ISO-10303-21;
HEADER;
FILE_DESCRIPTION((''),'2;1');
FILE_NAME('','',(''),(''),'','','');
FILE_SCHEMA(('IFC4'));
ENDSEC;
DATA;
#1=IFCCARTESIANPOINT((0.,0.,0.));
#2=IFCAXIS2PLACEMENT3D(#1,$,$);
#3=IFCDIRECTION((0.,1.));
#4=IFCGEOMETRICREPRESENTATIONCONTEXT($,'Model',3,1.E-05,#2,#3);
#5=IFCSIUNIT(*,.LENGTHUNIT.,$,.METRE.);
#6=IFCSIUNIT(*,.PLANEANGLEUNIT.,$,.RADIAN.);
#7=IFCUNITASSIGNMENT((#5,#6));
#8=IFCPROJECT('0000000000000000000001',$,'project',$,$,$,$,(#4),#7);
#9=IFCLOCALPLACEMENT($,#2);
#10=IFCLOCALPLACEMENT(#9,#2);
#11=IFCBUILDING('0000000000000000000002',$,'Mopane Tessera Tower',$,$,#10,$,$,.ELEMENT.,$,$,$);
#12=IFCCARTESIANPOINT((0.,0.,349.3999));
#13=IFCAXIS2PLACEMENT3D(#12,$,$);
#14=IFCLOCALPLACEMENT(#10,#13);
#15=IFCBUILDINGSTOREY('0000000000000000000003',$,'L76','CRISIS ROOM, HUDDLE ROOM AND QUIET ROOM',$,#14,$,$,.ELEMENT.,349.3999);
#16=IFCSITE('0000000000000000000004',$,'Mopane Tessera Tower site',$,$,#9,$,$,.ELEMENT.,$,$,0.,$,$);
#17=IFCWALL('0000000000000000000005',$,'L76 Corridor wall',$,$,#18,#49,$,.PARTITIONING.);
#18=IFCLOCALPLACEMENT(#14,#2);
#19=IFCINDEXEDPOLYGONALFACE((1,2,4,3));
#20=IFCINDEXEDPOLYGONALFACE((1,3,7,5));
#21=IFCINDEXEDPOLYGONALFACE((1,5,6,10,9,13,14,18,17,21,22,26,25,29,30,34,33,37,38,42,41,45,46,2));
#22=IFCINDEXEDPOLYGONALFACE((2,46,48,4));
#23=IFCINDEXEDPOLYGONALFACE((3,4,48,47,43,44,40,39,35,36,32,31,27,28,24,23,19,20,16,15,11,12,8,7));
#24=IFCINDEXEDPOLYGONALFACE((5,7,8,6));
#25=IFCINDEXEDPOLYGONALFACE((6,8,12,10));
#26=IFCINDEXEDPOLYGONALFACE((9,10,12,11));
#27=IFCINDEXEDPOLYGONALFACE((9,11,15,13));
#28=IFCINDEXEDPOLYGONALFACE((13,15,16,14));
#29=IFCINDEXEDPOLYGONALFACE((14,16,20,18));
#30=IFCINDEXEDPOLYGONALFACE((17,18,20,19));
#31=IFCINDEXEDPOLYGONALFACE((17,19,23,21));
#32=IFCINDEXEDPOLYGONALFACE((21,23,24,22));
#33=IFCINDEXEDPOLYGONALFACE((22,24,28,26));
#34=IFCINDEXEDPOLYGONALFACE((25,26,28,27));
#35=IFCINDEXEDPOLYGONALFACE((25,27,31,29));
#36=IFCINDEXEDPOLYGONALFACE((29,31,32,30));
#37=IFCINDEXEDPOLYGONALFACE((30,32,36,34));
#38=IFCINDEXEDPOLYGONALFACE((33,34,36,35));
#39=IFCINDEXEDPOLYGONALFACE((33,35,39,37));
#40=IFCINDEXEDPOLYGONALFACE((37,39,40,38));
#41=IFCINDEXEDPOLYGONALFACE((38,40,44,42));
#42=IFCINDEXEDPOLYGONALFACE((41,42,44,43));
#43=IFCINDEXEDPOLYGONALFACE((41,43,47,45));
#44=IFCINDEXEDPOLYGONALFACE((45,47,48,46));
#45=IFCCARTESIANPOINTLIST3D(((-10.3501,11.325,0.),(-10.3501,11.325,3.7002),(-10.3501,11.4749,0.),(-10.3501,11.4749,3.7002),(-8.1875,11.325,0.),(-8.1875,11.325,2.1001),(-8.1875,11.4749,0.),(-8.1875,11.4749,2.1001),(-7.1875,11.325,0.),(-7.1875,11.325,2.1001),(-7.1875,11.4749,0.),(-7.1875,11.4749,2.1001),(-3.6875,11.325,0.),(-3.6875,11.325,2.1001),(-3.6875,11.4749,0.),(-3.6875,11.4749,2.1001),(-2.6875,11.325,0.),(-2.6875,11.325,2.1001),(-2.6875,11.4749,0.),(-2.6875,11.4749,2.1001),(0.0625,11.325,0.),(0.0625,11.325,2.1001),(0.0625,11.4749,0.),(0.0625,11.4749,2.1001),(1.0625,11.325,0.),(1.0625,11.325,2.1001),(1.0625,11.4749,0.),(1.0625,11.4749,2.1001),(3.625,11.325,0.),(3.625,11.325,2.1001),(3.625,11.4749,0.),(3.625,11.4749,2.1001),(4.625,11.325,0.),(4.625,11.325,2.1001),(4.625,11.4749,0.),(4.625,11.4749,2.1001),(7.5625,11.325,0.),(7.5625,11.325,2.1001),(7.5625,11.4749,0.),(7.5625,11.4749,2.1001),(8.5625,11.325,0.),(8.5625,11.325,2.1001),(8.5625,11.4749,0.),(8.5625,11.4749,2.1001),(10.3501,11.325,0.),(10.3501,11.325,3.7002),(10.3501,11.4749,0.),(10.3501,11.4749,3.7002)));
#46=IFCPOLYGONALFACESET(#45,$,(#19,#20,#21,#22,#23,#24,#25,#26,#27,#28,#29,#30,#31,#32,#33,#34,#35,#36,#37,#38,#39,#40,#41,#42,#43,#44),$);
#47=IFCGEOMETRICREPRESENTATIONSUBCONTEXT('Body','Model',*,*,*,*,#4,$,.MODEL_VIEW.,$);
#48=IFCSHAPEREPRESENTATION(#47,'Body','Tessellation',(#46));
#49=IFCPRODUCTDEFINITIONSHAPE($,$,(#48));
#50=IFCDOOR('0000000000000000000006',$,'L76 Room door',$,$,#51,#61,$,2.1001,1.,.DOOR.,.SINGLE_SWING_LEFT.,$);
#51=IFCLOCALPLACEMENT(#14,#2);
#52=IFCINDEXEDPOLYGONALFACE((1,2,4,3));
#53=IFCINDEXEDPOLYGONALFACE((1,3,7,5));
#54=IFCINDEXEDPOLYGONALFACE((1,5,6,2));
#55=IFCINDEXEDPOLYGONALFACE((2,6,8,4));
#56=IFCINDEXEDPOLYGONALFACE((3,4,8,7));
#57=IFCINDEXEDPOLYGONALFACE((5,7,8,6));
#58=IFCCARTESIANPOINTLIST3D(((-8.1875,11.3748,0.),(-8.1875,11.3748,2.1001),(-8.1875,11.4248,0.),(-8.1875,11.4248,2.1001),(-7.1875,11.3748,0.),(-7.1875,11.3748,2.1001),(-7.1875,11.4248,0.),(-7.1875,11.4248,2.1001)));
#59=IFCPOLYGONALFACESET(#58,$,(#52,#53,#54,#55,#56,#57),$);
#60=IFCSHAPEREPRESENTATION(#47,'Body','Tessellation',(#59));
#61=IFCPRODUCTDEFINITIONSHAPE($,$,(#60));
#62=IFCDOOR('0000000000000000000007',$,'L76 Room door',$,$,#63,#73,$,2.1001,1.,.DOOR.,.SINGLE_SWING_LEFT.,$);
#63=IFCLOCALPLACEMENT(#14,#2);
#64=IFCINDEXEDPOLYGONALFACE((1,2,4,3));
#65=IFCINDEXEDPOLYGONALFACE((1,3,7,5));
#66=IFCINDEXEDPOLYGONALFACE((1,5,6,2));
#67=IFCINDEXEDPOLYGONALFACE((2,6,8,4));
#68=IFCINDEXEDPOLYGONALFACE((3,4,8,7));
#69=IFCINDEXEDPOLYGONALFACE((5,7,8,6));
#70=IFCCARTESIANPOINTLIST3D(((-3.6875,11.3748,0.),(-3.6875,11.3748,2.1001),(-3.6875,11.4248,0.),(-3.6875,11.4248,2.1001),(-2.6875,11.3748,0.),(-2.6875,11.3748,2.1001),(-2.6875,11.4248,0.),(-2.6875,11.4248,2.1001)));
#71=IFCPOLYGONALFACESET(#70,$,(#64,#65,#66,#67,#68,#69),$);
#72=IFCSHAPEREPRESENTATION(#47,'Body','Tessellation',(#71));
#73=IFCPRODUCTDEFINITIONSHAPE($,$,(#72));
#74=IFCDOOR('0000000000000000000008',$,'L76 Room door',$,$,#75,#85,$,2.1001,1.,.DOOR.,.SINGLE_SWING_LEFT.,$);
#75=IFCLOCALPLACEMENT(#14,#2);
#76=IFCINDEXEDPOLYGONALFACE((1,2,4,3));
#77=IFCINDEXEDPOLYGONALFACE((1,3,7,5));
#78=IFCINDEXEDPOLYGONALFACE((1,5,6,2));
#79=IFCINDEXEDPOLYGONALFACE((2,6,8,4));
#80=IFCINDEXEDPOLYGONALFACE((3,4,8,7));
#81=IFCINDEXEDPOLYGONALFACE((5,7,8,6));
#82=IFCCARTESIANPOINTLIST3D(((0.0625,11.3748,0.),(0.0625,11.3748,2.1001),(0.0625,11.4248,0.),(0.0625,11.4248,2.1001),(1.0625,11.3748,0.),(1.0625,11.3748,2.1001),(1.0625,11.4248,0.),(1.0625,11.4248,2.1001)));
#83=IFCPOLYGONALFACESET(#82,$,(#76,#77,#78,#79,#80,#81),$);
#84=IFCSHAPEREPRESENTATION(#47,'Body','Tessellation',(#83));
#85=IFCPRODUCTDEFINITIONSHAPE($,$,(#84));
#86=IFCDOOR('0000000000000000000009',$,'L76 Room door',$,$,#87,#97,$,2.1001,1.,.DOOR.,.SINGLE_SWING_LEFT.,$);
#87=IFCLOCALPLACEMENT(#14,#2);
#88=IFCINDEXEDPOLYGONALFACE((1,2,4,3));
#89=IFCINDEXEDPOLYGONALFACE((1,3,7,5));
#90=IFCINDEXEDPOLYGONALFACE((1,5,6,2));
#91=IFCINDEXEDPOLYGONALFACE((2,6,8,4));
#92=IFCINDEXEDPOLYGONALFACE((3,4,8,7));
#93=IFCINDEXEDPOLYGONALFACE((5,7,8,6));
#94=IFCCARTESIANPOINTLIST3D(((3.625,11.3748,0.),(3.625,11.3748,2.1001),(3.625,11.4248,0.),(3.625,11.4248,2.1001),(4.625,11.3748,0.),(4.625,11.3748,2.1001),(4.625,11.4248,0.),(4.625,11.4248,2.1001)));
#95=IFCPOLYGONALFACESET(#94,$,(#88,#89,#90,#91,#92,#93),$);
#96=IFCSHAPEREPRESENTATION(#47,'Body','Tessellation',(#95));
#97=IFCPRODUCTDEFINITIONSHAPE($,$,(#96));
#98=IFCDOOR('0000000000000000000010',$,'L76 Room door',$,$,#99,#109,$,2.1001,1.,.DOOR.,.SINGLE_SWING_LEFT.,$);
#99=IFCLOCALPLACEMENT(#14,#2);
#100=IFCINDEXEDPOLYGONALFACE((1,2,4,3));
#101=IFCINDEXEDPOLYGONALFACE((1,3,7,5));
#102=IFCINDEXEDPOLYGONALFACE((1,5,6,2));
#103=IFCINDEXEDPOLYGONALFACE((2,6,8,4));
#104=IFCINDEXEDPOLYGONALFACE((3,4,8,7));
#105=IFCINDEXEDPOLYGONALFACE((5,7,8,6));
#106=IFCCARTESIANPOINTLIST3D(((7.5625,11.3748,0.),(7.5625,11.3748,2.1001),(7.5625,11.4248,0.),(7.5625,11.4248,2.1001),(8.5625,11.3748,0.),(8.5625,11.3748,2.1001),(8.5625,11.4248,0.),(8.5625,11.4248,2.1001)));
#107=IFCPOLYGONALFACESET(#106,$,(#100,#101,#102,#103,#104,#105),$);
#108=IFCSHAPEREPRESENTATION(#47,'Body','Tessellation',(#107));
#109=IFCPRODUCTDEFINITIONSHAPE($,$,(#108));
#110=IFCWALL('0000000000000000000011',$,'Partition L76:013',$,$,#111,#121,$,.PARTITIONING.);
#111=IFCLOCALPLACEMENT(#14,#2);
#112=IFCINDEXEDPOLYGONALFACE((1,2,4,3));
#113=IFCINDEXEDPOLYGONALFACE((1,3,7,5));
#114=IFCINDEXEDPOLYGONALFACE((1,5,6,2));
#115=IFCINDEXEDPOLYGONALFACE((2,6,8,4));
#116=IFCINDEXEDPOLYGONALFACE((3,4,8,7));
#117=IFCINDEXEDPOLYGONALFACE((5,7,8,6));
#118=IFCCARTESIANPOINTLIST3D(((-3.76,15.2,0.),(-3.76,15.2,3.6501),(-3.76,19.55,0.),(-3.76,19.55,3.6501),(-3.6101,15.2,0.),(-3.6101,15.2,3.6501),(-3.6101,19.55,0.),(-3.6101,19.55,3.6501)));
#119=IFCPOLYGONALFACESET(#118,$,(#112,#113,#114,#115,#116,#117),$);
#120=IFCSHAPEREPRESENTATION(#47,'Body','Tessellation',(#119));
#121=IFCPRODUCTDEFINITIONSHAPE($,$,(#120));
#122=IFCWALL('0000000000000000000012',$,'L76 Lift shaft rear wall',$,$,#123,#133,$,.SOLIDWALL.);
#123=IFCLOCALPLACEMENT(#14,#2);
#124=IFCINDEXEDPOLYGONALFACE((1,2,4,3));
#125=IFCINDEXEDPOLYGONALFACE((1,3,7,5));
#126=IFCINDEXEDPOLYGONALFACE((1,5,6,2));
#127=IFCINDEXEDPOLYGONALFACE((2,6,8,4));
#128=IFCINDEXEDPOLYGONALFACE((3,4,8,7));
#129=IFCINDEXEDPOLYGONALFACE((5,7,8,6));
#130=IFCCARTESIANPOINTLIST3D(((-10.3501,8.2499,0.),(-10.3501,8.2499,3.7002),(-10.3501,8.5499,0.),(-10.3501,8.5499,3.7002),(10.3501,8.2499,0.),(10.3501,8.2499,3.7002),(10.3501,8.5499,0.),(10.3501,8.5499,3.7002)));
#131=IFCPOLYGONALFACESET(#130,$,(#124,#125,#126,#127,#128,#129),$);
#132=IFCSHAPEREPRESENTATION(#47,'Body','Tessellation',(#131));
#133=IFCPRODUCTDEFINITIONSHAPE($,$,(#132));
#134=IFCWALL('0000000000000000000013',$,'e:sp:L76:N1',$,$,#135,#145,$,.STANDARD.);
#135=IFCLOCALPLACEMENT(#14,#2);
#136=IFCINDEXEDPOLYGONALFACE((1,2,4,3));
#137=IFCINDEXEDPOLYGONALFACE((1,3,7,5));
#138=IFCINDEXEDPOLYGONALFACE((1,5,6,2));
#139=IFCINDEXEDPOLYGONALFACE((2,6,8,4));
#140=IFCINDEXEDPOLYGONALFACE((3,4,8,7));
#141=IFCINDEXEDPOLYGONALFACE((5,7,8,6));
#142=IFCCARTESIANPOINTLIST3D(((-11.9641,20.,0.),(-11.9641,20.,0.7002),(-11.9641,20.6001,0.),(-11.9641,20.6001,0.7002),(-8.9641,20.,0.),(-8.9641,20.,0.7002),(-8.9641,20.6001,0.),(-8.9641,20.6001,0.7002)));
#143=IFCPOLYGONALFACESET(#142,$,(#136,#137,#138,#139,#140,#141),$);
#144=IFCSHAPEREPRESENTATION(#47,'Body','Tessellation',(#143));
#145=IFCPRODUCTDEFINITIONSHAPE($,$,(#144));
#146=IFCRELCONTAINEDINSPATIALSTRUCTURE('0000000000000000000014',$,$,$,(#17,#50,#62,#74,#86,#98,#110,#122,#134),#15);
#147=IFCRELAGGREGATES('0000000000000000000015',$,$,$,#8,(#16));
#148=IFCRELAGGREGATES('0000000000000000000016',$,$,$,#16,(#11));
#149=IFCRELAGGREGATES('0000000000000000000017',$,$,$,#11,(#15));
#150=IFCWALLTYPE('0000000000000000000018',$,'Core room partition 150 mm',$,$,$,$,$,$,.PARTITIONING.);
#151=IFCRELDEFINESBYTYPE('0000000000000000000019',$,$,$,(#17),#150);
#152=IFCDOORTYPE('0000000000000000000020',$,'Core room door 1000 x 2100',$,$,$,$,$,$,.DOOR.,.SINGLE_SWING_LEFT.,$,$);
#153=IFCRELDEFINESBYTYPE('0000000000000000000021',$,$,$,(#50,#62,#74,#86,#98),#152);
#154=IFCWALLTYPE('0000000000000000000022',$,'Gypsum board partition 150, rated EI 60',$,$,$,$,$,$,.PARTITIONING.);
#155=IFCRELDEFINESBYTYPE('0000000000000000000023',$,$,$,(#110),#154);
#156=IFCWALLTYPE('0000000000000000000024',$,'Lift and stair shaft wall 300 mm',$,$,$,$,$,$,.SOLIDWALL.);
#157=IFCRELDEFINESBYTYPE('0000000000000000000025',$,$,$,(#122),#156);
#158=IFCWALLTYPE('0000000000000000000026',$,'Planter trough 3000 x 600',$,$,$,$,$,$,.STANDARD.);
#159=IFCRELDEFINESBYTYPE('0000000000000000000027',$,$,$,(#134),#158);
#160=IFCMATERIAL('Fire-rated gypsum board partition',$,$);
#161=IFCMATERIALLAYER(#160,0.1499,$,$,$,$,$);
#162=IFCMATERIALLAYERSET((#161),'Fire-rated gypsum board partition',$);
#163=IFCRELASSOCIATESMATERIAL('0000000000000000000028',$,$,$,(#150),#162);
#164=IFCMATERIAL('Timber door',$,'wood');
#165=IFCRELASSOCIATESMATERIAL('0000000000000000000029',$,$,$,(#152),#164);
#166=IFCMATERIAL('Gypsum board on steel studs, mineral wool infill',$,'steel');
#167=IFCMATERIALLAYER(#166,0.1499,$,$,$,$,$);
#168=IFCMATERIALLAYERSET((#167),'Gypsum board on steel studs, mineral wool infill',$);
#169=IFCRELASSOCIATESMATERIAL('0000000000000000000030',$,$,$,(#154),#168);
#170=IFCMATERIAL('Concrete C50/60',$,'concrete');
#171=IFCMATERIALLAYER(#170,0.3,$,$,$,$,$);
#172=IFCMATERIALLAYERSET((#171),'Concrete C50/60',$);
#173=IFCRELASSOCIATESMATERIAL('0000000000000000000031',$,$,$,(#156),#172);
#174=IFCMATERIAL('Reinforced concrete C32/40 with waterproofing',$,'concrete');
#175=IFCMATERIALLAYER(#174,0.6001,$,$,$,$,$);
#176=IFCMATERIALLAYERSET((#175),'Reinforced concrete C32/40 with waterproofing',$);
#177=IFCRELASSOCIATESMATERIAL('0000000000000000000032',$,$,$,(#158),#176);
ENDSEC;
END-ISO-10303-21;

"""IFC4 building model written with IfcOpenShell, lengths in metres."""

from ifc_helpers import new_model, si_unit, direction, frame, frame_2d, origin, place, context, subcontext, project, spatial, rectangle, extrude, material, layer, layer_set, type_object, element, fill, save


model = new_model("IFC4")

# Units and contexts
model_context = context("Model", 3, precision=1e-05, world=origin(), true_north=direction((0.0, 1.0)))
body_context = subcontext(model_context, "Body", "Model", "MODEL_VIEW")
ifc_project = project(units=[si_unit("LENGTHUNIT", "METRE"), si_unit("PLANEANGLEUNIT", "RADIAN")], contexts=[model_context])

# Site, building, storey
site_placement = place(None, origin())
site = spatial("IfcSite", under=ifc_project, at=site_placement, Name="Mopane Tessera Tower site", CompositionType="ELEMENT", RefElevation=0.0)
building_placement = place(site_placement, origin())
building = spatial("IfcBuilding", under=site, at=building_placement, Name="Mopane Tessera Tower", CompositionType="ELEMENT")
storey_placement = place(building_placement, frame((0.0, 0.0, 349.3999)))
storey = spatial("IfcBuildingStorey", under=building, at=storey_placement, Name="L76", Description="CRISIS ROOM, HUDDLE ROOM AND QUIET ROOM", CompositionType="ELEMENT", Elevation=349.3999)

# Shared definitions
ifc_material_1 = material(Name="Fire-rated gypsum board partition")
ifc_layer_1 = layer(ifc_material_1, 0.1499)
ifc_layer_set_1 = layer_set([ifc_layer_1], Name="Fire-rated gypsum board partition")
wall_type_1 = type_object("IfcWallType", Name="Core room partition 150 mm", PredefinedType="PARTITIONING", material=ifc_layer_set_1)

# Wall, openings, doors
wall_1_placement = place(storey_placement, frame((-10.3501, 11.3999, 0.0), z_axis=(0.0, 0.0, 1.0), x_axis=(1.0, 0.0, 0.0)))
wall_1 = element("IfcWall", 1, at=wall_1_placement, inside=storey, type_object=wall_type_1, Name="L76 Corridor wall", PredefinedType="PARTITIONING", context=body_context, shape_type="SweptSolid", body=[
    extrude(rectangle(XDim=20.7002, YDim=0.1499, at=frame_2d((10.3501, 0.0))), origin(), (0.0, 0.0, 1.0), 3.7002),
])
opening_1_placement = place(wall_1_placement, frame((2.1626, 0.0, 0.0)))
opening_1 = element("IfcOpeningElement", 2, at=opening_1_placement, cuts=wall_1, PredefinedType="OPENING", context=body_context, shape_type="SweptSolid", body=[
    extrude(rectangle(XDim=1.0, YDim=2.1001, at=frame_2d((0.5, 1.05))), frame((0.0, 0.0869, 0.0), z_axis=(0.0, -1.0, 0.0), x_axis=(1.0, 0.0, 0.0)), (0.0, 0.0, 1.0), 0.1738),
])
opening_2_placement = place(wall_1_placement, frame((6.6626, 0.0, 0.0)))
opening_2 = element("IfcOpeningElement", 3, at=opening_2_placement, cuts=wall_1, PredefinedType="OPENING", context=body_context, shape_type="SweptSolid", body=[
    extrude(rectangle(XDim=1.0, YDim=2.1001, at=frame_2d((0.5, 1.05))), frame((0.0, 0.0869, 0.0), z_axis=(0.0, -1.0, 0.0), x_axis=(1.0, 0.0, 0.0)), (0.0, 0.0, 1.0), 0.1738),
])
opening_3_placement = place(wall_1_placement, frame((10.4126, 0.0, 0.0)))
opening_3 = element("IfcOpeningElement", 4, at=opening_3_placement, cuts=wall_1, PredefinedType="OPENING", context=body_context, shape_type="SweptSolid", body=[
    extrude(rectangle(XDim=1.0, YDim=2.1001, at=frame_2d((0.5, 1.05))), frame((0.0, 0.0869, 0.0), z_axis=(0.0, -1.0, 0.0), x_axis=(1.0, 0.0, 0.0)), (0.0, 0.0, 1.0), 0.1738),
])
opening_4_placement = place(wall_1_placement, frame((13.9751, 0.0, 0.0)))
opening_4 = element("IfcOpeningElement", 5, at=opening_4_placement, cuts=wall_1, PredefinedType="OPENING", context=body_context, shape_type="SweptSolid", body=[
    extrude(rectangle(XDim=1.0, YDim=2.1001, at=frame_2d((0.5, 1.05))), frame((0.0, 0.0869, 0.0), z_axis=(0.0, -1.0, 0.0), x_axis=(1.0, 0.0, 0.0)), (0.0, 0.0, 1.0), 0.1738),
])
opening_5_placement = place(wall_1_placement, frame((17.9126, 0.0, 0.0)))
opening_5 = element("IfcOpeningElement", 6, at=opening_5_placement, cuts=wall_1, PredefinedType="OPENING", context=body_context, shape_type="SweptSolid", body=[
    extrude(rectangle(XDim=1.0, YDim=2.1001, at=frame_2d((0.5, 1.05))), frame((0.0, 0.0869, 0.0), z_axis=(0.0, -1.0, 0.0), x_axis=(1.0, 0.0, 0.0)), (0.0, 0.0, 1.0), 0.1738),
])
ifc_material_2 = material(Name="Timber door", Category="wood")
door_type_1 = type_object("IfcDoorType", Name="Core room door 1000 x 2100", OperationType="SINGLE_SWING_LEFT", PredefinedType="DOOR", material=ifc_material_2)
door_1_placement = place(opening_1_placement, origin())
door_1 = element("IfcDoor", 7, at=door_1_placement, inside=storey, type_object=door_type_1, Name="L76 Room door", OperationType="SINGLE_SWING_LEFT", OverallHeight=2.1001, OverallWidth=1.0, PredefinedType="DOOR", context=body_context, shape_type="SweptSolid", body=[
    extrude(rectangle(XDim=1.0, YDim=2.1001, at=frame_2d((0.5, 1.05))), frame((0.0, 0.0249, 0.0), z_axis=(0.0, -1.0, 0.0), x_axis=(1.0, 0.0, 0.0)), (0.0, 0.0, 1.0), 0.05),
])
fill(opening_1, door_1)
door_2_placement = place(opening_2_placement, origin())
door_2 = element("IfcDoor", 8, at=door_2_placement, inside=storey, type_object=door_type_1, Name="L76 Room door", OperationType="SINGLE_SWING_LEFT", OverallHeight=2.1001, OverallWidth=1.0, PredefinedType="DOOR", context=body_context, shape_type="SweptSolid", body=[
    extrude(rectangle(XDim=1.0, YDim=2.1001, at=frame_2d((0.5, 1.05))), frame((0.0, 0.0249, 0.0), z_axis=(0.0, -1.0, 0.0), x_axis=(1.0, 0.0, 0.0)), (0.0, 0.0, 1.0), 0.05),
])
fill(opening_2, door_2)
door_3_placement = place(opening_3_placement, origin())
door_3 = element("IfcDoor", 9, at=door_3_placement, inside=storey, type_object=door_type_1, Name="L76 Room door", OperationType="SINGLE_SWING_LEFT", OverallHeight=2.1001, OverallWidth=1.0, PredefinedType="DOOR", context=body_context, shape_type="SweptSolid", body=[
    extrude(rectangle(XDim=1.0, YDim=2.1001, at=frame_2d((0.5, 1.05))), frame((0.0, 0.0249, 0.0), z_axis=(0.0, -1.0, 0.0), x_axis=(1.0, 0.0, 0.0)), (0.0, 0.0, 1.0), 0.05),
])
fill(opening_3, door_3)
door_4_placement = place(opening_4_placement, origin())
door_4 = element("IfcDoor", 10, at=door_4_placement, inside=storey, type_object=door_type_1, Name="L76 Room door", OperationType="SINGLE_SWING_LEFT", OverallHeight=2.1001, OverallWidth=1.0, PredefinedType="DOOR", context=body_context, shape_type="SweptSolid", body=[
    extrude(rectangle(XDim=1.0, YDim=2.1001, at=frame_2d((0.5, 1.05))), frame((0.0, 0.0249, 0.0), z_axis=(0.0, -1.0, 0.0), x_axis=(1.0, 0.0, 0.0)), (0.0, 0.0, 1.0), 0.05),
])
fill(opening_4, door_4)
door_5_placement = place(opening_5_placement, origin())
door_5 = element("IfcDoor", 11, at=door_5_placement, inside=storey, type_object=door_type_1, Name="L76 Room door", OperationType="SINGLE_SWING_LEFT", OverallHeight=2.1001, OverallWidth=1.0, PredefinedType="DOOR", context=body_context, shape_type="SweptSolid", body=[
    extrude(rectangle(XDim=1.0, YDim=2.1001, at=frame_2d((0.5, 1.05))), frame((0.0, 0.0249, 0.0), z_axis=(0.0, -1.0, 0.0), x_axis=(1.0, 0.0, 0.0)), (0.0, 0.0, 1.0), 0.05),
])
fill(opening_5, door_5)

# Walls
ifc_material_3 = material(Name="Gypsum board on steel studs, mineral wool infill", Category="steel")
ifc_layer_2 = layer(ifc_material_3, 0.1499)
ifc_layer_set_2 = layer_set([ifc_layer_2], Name="Gypsum board on steel studs, mineral wool infill")
wall_type_2 = type_object("IfcWallType", Name="Gypsum board partition 150, rated EI 60", PredefinedType="PARTITIONING", material=ifc_layer_set_2)
wall_2_placement = place(storey_placement, frame((-3.6851, 15.2, 0.0), z_axis=(0.0, 0.0, 1.0), x_axis=(0.0, 1.0, 0.0)))
element("IfcWall", 12, at=wall_2_placement, inside=storey, type_object=wall_type_2, Name="Partition L76:013", PredefinedType="PARTITIONING", context=body_context, shape_type="SweptSolid", body=[
    extrude(rectangle(XDim=4.3501, YDim=0.1499, at=frame_2d((2.175, 0.0))), origin(), (0.0, 0.0, 1.0), 3.6501),
])
ifc_material_4 = material(Name="Concrete C50/60", Category="concrete")
ifc_layer_3 = layer(ifc_material_4, 0.3)
ifc_layer_set_3 = layer_set([ifc_layer_3], Name="Concrete C50/60")
wall_type_3 = type_object("IfcWallType", Name="Lift and stair shaft wall 300 mm", PredefinedType="SOLIDWALL", material=ifc_layer_set_3)
wall_3_placement = place(storey_placement, frame((-10.3501, 8.3999, 0.0), z_axis=(0.0, 0.0, 1.0), x_axis=(1.0, 0.0, 0.0)))
element("IfcWall", 13, at=wall_3_placement, inside=storey, type_object=wall_type_3, Name="L76 Lift shaft rear wall", PredefinedType="SOLIDWALL", context=body_context, shape_type="SweptSolid", body=[
    extrude(rectangle(XDim=20.7002, YDim=0.3, at=frame_2d((10.3501, 0.0))), origin(), (0.0, 0.0, 1.0), 3.7002),
])
ifc_material_5 = material(Name="Reinforced concrete C32/40 with waterproofing", Category="concrete")
ifc_layer_4 = layer(ifc_material_5, 0.6001)
ifc_layer_set_4 = layer_set([ifc_layer_4], Name="Reinforced concrete C32/40 with waterproofing")
wall_type_4 = type_object("IfcWallType", Name="Planter trough 3000 x 600", PredefinedType="STANDARD", material=ifc_layer_set_4)
wall_4_placement = place(storey_placement, frame((-8.9641, 20.3, 0.0), z_axis=(0.0, 0.0, 1.0), x_axis=(-1.0, 0.0, 0.0)))
element("IfcWall", 14, at=wall_4_placement, inside=storey, type_object=wall_type_4, Name="e:sp:L76:N1", PredefinedType="STANDARD", context=body_context, shape_type="SweptSolid", body=[
    extrude(rectangle(XDim=3.0, YDim=0.6001, at=frame_2d((1.5, 0.0))), origin(), (0.0, 0.0, 1.0), 0.7002),
])

save(model, "model.ifc")
